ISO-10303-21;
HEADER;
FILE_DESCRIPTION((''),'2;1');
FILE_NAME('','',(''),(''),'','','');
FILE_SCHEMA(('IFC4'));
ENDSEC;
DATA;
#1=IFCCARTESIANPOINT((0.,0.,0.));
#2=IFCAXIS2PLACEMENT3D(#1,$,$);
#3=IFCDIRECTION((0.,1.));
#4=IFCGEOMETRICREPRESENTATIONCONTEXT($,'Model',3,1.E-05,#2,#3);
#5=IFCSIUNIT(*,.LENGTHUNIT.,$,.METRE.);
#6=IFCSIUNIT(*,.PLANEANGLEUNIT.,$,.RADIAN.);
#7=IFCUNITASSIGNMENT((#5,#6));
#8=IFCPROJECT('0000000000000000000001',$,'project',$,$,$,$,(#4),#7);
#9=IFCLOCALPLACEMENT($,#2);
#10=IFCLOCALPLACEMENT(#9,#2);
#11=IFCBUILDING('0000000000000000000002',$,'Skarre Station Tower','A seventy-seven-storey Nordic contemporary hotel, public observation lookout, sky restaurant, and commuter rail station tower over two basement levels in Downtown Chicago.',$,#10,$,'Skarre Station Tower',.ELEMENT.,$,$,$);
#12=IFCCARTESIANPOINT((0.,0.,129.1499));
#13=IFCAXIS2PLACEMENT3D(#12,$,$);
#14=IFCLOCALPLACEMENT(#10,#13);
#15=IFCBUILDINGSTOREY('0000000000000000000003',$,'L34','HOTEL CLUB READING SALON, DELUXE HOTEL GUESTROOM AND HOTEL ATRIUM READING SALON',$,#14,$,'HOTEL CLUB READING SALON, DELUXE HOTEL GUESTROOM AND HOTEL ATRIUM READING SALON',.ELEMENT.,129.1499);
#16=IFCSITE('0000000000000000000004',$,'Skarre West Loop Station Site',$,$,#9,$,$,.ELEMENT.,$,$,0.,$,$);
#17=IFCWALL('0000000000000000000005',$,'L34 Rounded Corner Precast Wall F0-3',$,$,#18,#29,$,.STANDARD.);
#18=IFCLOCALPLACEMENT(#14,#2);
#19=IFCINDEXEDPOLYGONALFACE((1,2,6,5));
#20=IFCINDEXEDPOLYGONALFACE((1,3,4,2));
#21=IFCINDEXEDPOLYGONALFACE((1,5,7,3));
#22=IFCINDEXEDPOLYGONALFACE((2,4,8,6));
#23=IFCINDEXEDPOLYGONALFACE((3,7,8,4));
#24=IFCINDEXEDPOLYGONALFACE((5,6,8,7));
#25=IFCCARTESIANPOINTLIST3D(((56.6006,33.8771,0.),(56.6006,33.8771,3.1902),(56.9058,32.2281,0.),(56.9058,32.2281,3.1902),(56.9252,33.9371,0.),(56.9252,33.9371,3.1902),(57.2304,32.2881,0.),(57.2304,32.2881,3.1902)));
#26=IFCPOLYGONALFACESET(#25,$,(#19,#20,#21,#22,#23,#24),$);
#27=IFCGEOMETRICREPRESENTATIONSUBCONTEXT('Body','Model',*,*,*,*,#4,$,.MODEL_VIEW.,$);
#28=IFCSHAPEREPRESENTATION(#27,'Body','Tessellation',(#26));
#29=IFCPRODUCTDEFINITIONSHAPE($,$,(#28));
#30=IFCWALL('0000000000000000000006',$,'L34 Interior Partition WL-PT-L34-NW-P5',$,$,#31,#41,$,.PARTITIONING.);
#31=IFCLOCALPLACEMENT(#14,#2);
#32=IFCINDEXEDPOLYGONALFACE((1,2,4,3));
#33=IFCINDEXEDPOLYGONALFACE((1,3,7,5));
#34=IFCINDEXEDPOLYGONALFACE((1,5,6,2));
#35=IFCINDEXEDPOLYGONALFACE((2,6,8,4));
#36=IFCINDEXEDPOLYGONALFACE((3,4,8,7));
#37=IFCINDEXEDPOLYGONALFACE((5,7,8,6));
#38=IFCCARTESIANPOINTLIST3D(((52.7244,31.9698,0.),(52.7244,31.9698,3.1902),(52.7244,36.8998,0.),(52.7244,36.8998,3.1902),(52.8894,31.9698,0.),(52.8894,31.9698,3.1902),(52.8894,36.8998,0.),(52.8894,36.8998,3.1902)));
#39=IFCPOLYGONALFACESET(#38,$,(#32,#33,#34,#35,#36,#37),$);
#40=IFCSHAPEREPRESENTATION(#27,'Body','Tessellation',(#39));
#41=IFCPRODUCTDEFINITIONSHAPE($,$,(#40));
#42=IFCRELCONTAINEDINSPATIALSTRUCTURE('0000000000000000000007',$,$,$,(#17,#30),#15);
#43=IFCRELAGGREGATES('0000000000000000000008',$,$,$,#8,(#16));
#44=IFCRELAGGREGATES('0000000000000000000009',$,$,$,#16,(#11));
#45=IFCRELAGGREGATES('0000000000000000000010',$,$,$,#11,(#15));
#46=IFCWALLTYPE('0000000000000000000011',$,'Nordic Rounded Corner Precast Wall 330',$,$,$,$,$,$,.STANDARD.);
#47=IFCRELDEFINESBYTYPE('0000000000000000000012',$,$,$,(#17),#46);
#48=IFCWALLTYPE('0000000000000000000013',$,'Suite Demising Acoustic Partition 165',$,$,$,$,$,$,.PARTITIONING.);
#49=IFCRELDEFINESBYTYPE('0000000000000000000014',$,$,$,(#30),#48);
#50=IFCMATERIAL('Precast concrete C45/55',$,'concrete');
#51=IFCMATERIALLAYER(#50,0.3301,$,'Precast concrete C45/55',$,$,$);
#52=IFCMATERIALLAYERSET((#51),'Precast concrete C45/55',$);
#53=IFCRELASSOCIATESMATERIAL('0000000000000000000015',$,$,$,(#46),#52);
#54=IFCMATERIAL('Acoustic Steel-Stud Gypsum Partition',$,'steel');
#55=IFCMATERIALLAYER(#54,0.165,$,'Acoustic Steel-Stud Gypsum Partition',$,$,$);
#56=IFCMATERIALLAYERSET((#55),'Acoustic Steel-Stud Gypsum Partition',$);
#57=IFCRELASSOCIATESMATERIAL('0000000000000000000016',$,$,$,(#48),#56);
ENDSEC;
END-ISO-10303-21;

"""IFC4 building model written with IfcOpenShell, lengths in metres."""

from ifc_helpers import new_model, si_unit, direction, frame, frame_2d, origin, place, context, subcontext, project, spatial, rectangle, extrude, material, layer, layer_set, type_object, element, save


model = new_model("IFC4")

# Units and contexts
model_context = context("Model", 3, precision=1e-05, world=origin(), true_north=direction((0.0, 1.0)))
body_context = subcontext(model_context, "Body", "Model", "MODEL_VIEW")
ifc_project = project(units=[si_unit("LENGTHUNIT", "METRE"), si_unit("PLANEANGLEUNIT", "RADIAN")], contexts=[model_context])

# Site, building, storey
site_placement = place(None, origin())
site = spatial("IfcSite", under=ifc_project, at=site_placement, Name="Skarre West Loop Station Site", CompositionType="ELEMENT", RefElevation=0.0)
building_placement = place(site_placement, origin())
building = spatial("IfcBuilding", under=site, at=building_placement, Name="Skarre Station Tower", Description="A seventy-seven-storey Nordic contemporary hotel, public observation lookout, sky restaurant, and commuter rail station tower over two basement levels in Downtown Chicago.", LongName="Skarre Station Tower", CompositionType="ELEMENT")
storey_placement = place(building_placement, frame((0.0, 0.0, 129.1499)))
storey = spatial("IfcBuildingStorey", under=building, at=storey_placement, Name="L34", Description="HOTEL CLUB READING SALON, DELUXE HOTEL GUESTROOM AND HOTEL ATRIUM READING SALON", LongName="HOTEL CLUB READING SALON, DELUXE HOTEL GUESTROOM AND HOTEL ATRIUM READING SALON", CompositionType="ELEMENT", Elevation=129.1499)

# Shared definitions
ifc_material_1 = material(Name="Acoustic Steel-Stud Gypsum Partition", Category="steel")

# Shared definitions
ifc_material_2 = material(Name="Precast concrete C45/55", Category="concrete")

# Walls
ifc_layer_1 = layer(ifc_material_2, 0.3301, Name="Precast concrete C45/55")
ifc_layer_set_1 = layer_set([ifc_layer_1], Name="Precast concrete C45/55")
wall_type_1 = type_object("IfcWallType", Name="Nordic Rounded Corner Precast Wall 330", PredefinedType="STANDARD", material=ifc_layer_set_1)
wall_1_placement = place(storey_placement, frame((56.7629, 33.907, 0.0), z_axis=(0.0, 0.0, 1.0), x_axis=(0.181985, -0.983301, 0.0)))
element("IfcWall", 1, at=wall_1_placement, inside=storey, type_object=wall_type_1, Name="L34 Rounded Corner Precast Wall F0-3", PredefinedType="STANDARD", context=body_context, shape_type="SweptSolid", body=[
    extrude(rectangle(XDim=1.677, YDim=0.3301, at=frame_2d((0.8384, 0.0))), origin(), (0.0, 0.0, 1.0), 3.1902),
])
ifc_layer_2 = layer(ifc_material_1, 0.165, Name="Acoustic Steel-Stud Gypsum Partition")
ifc_layer_set_2 = layer_set([ifc_layer_2], Name="Acoustic Steel-Stud Gypsum Partition")
wall_type_2 = type_object("IfcWallType", Name="Suite Demising Acoustic Partition 165", PredefinedType="PARTITIONING", material=ifc_layer_set_2)
wall_2_placement = place(storey_placement, frame((52.8069, 31.97, 0.0), z_axis=(0.0, 0.0, 1.0), x_axis=(0.0, 1.0, 0.0)))
element("IfcWall", 2, at=wall_2_placement, inside=storey, type_object=wall_type_2, Name="L34 Interior Partition WL-PT-L34-NW-P5", PredefinedType="PARTITIONING", context=body_context, shape_type="SweptSolid", body=[
    extrude(rectangle(XDim=4.9299, YDim=0.165, at=frame_2d((2.4648, 0.0))), origin(), (0.0, 0.0, 1.0), 3.1902),
])

save(model, "model.ifc")
